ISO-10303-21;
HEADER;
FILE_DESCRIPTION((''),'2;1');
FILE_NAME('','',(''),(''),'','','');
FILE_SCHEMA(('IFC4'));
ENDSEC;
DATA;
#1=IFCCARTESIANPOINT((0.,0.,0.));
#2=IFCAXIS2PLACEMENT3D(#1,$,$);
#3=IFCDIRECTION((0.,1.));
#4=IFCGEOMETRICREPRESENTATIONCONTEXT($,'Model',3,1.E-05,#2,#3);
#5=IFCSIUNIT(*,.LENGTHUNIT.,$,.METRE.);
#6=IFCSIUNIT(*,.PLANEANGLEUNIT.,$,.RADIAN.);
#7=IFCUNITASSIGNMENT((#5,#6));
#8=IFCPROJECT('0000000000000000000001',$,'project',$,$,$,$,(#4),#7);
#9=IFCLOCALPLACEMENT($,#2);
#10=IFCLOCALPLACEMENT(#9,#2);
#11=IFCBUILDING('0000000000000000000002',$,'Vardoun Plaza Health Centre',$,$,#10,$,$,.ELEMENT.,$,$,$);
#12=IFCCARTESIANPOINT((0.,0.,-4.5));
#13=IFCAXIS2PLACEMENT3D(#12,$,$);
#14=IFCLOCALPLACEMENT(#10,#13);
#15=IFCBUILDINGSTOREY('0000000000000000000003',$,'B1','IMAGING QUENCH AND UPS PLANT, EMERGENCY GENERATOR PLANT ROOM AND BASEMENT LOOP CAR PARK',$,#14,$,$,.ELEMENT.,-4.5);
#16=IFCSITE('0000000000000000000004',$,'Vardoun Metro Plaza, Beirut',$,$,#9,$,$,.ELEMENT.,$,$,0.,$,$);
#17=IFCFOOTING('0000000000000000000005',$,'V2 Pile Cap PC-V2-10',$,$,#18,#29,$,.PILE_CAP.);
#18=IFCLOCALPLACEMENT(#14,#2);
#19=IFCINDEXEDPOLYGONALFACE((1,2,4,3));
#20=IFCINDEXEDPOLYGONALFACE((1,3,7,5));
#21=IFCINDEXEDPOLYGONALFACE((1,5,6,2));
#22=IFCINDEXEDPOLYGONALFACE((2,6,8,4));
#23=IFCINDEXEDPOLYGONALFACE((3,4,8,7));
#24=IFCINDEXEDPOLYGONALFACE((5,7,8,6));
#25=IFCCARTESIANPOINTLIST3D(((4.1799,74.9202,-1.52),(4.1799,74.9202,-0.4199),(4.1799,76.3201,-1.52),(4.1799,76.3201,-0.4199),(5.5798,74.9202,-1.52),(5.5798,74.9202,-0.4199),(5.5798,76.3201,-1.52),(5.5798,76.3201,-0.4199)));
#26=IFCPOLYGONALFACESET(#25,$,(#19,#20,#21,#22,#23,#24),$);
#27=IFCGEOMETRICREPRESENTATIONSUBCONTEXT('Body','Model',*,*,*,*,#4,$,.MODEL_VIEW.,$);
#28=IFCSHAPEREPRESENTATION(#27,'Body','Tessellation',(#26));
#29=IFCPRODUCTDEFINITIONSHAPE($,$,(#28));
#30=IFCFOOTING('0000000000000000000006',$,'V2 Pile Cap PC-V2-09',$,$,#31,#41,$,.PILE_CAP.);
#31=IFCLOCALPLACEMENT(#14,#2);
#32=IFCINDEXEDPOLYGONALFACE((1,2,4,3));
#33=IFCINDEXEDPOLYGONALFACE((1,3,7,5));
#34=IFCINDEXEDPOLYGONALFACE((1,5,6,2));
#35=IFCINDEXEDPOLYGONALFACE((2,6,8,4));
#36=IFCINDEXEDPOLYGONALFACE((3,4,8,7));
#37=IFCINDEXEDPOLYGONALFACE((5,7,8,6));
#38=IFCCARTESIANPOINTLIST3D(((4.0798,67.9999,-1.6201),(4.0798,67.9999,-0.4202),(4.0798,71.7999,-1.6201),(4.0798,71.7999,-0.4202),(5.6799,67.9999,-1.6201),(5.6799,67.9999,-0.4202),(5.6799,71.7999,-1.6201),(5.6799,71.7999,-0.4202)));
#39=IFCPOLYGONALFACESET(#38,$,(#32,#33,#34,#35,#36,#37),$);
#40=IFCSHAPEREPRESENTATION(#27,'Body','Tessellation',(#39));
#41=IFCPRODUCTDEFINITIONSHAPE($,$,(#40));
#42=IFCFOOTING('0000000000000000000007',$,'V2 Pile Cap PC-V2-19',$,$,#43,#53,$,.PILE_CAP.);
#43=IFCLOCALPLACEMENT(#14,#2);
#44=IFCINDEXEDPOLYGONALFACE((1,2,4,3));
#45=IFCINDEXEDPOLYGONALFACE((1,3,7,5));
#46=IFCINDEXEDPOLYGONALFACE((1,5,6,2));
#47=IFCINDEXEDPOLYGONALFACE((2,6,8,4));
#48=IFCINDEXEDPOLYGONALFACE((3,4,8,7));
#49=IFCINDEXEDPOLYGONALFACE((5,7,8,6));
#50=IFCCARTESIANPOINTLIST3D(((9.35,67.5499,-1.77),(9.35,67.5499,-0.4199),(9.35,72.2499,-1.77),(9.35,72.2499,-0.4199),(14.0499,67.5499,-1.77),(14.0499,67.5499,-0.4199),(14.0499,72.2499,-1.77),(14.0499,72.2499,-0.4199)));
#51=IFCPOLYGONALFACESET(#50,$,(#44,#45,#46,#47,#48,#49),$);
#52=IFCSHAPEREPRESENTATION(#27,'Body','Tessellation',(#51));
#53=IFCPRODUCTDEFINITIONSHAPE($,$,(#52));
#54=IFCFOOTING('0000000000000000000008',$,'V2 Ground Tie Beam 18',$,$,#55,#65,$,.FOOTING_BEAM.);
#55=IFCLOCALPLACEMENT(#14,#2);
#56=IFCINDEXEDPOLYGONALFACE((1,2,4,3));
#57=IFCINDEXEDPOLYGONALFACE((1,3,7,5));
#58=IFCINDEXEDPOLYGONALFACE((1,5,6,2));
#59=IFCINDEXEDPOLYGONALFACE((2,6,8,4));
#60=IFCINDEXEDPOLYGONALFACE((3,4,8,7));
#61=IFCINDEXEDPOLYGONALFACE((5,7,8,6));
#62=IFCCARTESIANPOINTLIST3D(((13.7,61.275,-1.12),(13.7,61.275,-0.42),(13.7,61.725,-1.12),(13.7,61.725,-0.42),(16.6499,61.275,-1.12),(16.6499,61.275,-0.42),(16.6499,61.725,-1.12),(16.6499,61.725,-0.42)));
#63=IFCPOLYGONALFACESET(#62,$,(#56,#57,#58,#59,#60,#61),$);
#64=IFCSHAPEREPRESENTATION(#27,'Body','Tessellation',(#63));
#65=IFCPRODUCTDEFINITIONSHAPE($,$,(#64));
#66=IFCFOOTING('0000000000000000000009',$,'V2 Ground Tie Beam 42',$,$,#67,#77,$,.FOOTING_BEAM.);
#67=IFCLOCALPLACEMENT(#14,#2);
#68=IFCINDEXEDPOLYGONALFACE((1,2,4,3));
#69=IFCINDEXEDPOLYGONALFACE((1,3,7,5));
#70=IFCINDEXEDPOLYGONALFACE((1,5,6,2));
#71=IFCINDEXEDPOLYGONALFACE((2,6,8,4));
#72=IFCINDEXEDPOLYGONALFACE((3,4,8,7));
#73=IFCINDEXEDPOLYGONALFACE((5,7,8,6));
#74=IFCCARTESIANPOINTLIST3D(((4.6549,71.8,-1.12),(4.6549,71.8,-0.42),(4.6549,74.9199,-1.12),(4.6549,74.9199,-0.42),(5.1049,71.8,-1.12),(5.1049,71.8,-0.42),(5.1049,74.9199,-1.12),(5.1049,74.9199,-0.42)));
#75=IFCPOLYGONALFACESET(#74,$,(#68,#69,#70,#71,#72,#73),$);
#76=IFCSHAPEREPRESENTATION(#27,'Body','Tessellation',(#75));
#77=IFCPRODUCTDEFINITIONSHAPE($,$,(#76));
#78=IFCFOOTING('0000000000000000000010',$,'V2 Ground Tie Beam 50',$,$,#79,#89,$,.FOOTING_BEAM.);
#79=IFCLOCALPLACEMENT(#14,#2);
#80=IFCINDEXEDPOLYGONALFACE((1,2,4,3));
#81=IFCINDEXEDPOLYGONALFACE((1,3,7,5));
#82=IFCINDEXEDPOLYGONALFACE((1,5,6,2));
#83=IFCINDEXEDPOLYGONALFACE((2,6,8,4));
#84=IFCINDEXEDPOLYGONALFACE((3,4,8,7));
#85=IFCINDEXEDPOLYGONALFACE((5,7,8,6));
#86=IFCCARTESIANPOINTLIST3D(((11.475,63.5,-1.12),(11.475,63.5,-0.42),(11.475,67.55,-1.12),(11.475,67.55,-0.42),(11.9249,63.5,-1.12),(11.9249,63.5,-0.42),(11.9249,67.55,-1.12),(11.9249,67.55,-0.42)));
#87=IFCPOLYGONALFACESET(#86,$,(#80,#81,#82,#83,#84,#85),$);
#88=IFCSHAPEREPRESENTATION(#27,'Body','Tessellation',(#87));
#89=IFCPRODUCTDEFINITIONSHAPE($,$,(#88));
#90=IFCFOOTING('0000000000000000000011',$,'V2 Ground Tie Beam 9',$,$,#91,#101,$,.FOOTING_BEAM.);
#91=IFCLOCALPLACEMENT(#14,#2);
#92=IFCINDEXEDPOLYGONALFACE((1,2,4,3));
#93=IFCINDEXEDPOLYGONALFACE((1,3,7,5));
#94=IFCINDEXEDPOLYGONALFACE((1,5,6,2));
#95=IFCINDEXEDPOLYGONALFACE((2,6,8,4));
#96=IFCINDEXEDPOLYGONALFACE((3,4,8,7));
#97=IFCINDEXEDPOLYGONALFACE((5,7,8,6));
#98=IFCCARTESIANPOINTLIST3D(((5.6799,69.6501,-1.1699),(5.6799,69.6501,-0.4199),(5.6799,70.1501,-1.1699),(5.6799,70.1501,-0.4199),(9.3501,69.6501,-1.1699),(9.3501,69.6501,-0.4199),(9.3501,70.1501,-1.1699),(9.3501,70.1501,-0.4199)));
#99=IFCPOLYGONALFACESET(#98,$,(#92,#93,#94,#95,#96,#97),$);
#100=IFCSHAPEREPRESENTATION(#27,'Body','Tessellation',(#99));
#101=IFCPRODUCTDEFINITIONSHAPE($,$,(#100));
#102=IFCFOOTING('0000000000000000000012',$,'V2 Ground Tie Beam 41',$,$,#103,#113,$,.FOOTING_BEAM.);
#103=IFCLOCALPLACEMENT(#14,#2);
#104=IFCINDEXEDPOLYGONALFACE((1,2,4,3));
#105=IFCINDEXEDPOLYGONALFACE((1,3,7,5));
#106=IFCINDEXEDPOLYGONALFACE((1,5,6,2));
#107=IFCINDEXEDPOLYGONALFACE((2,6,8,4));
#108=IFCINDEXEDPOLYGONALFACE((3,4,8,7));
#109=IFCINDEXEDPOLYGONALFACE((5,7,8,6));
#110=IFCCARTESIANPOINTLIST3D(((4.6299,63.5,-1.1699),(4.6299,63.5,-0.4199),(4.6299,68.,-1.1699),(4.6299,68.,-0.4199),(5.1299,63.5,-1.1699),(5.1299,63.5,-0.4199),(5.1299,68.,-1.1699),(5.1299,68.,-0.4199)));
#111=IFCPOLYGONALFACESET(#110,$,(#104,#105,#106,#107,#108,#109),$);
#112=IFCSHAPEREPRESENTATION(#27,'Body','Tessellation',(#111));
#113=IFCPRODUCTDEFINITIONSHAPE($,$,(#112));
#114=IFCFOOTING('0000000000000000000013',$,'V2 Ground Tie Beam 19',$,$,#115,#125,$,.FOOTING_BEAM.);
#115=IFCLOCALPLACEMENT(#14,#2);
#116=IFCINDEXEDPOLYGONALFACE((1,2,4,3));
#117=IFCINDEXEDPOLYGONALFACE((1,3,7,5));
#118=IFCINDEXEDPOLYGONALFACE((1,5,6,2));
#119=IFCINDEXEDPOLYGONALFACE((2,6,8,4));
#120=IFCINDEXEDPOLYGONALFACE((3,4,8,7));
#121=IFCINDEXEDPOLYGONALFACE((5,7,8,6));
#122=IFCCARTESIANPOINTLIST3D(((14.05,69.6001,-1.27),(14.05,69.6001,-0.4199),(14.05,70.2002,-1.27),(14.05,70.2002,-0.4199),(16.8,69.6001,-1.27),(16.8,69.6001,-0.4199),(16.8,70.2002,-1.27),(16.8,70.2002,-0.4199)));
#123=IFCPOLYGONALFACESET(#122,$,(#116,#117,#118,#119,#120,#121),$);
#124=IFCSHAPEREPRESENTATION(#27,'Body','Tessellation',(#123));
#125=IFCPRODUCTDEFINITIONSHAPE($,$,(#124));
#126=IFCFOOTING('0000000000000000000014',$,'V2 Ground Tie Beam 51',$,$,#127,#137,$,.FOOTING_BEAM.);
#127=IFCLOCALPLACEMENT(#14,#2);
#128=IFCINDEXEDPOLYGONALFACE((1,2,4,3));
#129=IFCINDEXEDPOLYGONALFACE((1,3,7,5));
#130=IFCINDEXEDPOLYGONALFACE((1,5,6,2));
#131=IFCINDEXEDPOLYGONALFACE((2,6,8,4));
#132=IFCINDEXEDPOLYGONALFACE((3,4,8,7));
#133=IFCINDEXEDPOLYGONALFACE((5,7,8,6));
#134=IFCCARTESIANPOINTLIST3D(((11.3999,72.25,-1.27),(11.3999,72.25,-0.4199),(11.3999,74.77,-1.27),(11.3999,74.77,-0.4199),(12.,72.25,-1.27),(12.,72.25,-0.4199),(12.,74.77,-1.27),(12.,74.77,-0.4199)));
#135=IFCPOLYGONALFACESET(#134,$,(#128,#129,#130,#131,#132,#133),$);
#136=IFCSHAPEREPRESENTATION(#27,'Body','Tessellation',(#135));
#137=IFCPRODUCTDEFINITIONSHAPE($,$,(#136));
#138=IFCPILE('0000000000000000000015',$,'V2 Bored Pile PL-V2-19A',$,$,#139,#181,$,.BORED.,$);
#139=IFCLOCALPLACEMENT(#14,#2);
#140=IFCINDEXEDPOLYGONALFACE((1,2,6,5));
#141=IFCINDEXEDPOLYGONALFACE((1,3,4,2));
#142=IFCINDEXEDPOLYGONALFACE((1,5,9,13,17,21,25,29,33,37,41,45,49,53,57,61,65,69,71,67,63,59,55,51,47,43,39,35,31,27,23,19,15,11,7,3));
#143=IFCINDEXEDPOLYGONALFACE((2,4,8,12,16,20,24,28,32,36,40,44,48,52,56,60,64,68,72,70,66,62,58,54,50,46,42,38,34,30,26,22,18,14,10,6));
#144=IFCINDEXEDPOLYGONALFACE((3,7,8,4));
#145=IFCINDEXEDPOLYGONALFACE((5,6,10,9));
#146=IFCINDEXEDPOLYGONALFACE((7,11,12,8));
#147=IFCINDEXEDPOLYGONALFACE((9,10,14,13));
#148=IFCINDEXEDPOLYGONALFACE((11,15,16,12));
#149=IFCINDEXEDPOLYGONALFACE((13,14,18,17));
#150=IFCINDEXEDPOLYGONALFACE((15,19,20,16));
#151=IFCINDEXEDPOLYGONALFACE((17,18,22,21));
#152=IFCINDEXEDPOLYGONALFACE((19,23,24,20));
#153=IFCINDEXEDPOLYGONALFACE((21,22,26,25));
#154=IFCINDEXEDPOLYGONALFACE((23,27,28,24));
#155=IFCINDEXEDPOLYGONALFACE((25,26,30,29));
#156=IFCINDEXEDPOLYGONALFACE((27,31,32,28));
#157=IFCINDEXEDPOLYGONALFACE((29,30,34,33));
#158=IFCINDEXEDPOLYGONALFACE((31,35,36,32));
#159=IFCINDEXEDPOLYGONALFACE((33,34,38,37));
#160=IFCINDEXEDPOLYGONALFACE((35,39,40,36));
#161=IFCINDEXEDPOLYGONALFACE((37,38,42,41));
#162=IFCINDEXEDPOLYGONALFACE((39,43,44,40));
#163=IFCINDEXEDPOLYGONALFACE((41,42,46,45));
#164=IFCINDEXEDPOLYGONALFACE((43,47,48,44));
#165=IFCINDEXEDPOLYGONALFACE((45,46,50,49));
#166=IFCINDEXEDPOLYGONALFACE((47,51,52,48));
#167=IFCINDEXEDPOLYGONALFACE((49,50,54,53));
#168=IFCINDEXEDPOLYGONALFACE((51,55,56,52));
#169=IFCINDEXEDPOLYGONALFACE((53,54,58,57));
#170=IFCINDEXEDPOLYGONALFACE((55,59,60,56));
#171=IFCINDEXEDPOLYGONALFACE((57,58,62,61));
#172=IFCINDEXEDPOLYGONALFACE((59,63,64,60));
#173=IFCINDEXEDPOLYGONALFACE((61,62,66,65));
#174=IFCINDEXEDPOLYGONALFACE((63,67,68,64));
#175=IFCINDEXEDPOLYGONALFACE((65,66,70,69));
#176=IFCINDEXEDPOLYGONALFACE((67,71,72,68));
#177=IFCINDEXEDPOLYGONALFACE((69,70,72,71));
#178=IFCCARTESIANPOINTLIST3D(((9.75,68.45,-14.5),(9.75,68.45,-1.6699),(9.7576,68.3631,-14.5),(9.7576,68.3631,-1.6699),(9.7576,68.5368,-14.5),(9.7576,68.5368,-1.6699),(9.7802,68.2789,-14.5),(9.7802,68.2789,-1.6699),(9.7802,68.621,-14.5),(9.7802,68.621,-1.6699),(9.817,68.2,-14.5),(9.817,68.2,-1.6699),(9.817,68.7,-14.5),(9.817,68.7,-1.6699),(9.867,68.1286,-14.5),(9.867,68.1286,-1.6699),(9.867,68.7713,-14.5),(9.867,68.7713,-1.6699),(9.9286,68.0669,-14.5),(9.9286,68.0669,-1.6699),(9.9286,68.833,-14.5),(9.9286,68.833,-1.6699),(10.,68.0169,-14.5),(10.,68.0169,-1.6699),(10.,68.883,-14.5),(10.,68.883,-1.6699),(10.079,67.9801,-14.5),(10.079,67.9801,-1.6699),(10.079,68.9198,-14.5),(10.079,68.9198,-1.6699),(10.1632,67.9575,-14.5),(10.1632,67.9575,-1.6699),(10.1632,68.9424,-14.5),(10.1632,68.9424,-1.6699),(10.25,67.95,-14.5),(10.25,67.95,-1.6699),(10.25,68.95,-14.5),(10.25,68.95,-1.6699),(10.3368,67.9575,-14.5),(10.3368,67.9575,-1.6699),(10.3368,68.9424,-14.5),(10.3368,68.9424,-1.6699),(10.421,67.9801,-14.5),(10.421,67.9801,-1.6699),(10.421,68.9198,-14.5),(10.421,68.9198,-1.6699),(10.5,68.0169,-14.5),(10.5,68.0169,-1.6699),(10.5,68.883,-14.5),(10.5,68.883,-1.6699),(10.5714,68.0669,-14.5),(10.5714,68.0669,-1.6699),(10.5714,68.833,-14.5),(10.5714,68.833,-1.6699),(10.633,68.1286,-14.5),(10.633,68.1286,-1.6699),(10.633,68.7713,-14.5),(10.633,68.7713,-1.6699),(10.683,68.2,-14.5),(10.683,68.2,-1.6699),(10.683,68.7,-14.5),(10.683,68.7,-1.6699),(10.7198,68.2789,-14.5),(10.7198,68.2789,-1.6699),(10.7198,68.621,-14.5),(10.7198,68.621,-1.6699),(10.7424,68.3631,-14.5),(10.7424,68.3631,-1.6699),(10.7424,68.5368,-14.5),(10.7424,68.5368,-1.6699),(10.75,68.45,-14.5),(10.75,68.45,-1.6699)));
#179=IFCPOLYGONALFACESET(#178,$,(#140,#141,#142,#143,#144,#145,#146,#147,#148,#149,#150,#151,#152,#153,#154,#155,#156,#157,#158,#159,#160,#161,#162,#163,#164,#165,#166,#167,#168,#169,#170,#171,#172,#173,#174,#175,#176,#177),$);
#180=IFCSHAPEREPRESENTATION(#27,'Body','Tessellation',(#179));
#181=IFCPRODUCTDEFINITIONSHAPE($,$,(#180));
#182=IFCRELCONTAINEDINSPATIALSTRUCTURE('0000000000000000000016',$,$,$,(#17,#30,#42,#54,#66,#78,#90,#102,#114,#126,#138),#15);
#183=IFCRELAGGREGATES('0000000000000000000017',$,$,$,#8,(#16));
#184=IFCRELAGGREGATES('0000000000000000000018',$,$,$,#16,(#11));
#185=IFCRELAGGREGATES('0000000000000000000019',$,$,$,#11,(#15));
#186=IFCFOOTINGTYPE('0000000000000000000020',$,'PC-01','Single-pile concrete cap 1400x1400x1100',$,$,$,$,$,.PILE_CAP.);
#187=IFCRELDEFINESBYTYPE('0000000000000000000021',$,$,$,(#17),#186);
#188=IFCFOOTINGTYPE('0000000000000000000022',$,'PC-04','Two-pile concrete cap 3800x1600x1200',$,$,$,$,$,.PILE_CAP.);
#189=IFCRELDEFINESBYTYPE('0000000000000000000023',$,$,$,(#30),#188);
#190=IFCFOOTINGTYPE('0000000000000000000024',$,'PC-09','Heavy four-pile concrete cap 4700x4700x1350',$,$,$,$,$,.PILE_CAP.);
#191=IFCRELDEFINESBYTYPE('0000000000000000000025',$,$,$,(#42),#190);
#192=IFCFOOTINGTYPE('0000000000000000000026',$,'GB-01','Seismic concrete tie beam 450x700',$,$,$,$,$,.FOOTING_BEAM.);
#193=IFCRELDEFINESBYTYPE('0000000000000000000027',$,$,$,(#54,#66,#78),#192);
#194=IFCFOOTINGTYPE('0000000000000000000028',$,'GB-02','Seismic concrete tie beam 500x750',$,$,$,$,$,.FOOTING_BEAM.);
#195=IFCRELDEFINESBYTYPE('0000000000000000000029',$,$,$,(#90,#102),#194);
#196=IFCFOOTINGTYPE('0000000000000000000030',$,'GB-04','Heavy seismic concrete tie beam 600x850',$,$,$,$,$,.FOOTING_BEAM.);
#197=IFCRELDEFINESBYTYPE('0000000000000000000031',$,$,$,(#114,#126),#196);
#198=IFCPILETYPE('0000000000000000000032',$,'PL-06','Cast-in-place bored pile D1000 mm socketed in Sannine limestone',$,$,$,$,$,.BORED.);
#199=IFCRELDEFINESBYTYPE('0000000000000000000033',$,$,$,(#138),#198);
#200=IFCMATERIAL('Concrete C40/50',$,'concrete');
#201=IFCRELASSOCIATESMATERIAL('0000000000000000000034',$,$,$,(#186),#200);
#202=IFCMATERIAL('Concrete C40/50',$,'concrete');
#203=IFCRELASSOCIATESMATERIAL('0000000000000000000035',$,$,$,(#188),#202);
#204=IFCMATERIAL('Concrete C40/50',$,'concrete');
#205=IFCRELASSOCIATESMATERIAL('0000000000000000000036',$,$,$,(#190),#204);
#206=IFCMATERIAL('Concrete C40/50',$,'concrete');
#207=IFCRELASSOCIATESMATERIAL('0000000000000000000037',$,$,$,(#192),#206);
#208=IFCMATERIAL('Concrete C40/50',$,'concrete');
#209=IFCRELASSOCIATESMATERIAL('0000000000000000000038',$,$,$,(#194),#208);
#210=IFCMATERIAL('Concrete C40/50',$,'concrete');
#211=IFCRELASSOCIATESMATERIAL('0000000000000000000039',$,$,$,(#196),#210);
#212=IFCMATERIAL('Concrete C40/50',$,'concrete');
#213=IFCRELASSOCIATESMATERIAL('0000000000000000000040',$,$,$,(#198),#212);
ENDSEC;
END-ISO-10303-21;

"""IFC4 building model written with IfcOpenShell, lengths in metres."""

from ifc_helpers import new_model, si_unit, direction, frame, origin, origin_2d, place, context, subcontext, project, spatial, rectangle, circle, extrude, material, material_profile, profile_set, type_object, element, save


model = new_model("IFC4")

# Units and contexts
model_context = context("Model", 3, precision=1e-05, world=origin(), true_north=direction((0.0, 1.0)))
body_context = subcontext(model_context, "Body", "Model", "MODEL_VIEW")
ifc_project = project(units=[si_unit("LENGTHUNIT", "METRE"), si_unit("PLANEANGLEUNIT", "RADIAN")], contexts=[model_context])

# Site, building, storey
site_placement = place(None, origin())
site = spatial("IfcSite", under=ifc_project, at=site_placement, Name="Vardoun Metro Plaza, Beirut", CompositionType="ELEMENT", RefElevation=0.0)
building_placement = place(site_placement, origin())
building = spatial("IfcBuilding", under=site, at=building_placement, Name="Vardoun Plaza Health Centre", CompositionType="ELEMENT")
storey_placement = place(building_placement, frame((0.0, 0.0, -4.5)))
storey = spatial("IfcBuildingStorey", under=building, at=storey_placement, Name="B1", Description="IMAGING QUENCH AND UPS PLANT, EMERGENCY GENERATOR PLANT ROOM AND BASEMENT LOOP CAR PARK", CompositionType="ELEMENT", Elevation=-4.5)

# Footings
ifc_material_1 = material(Name="Concrete C40/50", Category="concrete")
footing_type_1 = type_object("IfcFootingType", Name="PC-01", Description="Single-pile concrete cap 1400x1400x1100", PredefinedType="PILE_CAP", material=ifc_material_1)
footing_1_placement = place(storey_placement, frame((4.8799, 75.6201, -1.52), z_axis=(0.0, 0.0, 1.0), x_axis=(1.0, 0.0, 0.0)))
element("IfcFooting", 1, at=footing_1_placement, inside=storey, type_object=footing_type_1, Name="V2 Pile Cap PC-V2-10", PredefinedType="PILE_CAP", context=body_context, shape_type="SweptSolid", body=[
    extrude(rectangle(XDim=1.3999, YDim=1.3999, at=origin_2d()), origin(), (0.0, 0.0, 1.0), 1.1001),
])
ifc_material_2 = material(Name="Concrete C40/50", Category="concrete")
footing_type_2 = type_object("IfcFootingType", Name="PC-04", Description="Two-pile concrete cap 3800x1600x1200", PredefinedType="PILE_CAP", material=ifc_material_2)
footing_2_placement = place(storey_placement, frame((4.8799, 69.8999, -1.6201), z_axis=(0.0, 0.0, 1.0), x_axis=(0.0, 1.0, 0.0)))
element("IfcFooting", 2, at=footing_2_placement, inside=storey, type_object=footing_type_2, Name="V2 Pile Cap PC-V2-09", PredefinedType="PILE_CAP", context=body_context, shape_type="SweptSolid", body=[
    extrude(rectangle(XDim=3.8, YDim=1.6001, at=origin_2d()), origin(), (0.0, 0.0, 1.0), 1.2),
])
ifc_material_3 = material(Name="Concrete C40/50", Category="concrete")
footing_type_3 = type_object("IfcFootingType", Name="PC-09", Description="Heavy four-pile concrete cap 4700x4700x1350", PredefinedType="PILE_CAP", material=ifc_material_3)
footing_3_placement = place(storey_placement, frame((11.7, 69.8999, -1.77), z_axis=(0.0, 0.0, 1.0), x_axis=(1.0, 0.0, 0.0)))
element("IfcFooting", 3, at=footing_3_placement, inside=storey, type_object=footing_type_3, Name="V2 Pile Cap PC-V2-19", PredefinedType="PILE_CAP", context=body_context, shape_type="SweptSolid", body=[
    extrude(rectangle(XDim=4.7, YDim=4.7, at=origin_2d()), origin(), (0.0, 0.0, 1.0), 1.3501),
])
ifc_material_4 = material(Name="Concrete C40/50", Category="concrete")
ifc_material_profile_1 = material_profile(ifc_material_4, rectangle(XDim=0.45, YDim=0.7, at=origin_2d()), Name="GB 450x700")
ifc_profile_set_1 = profile_set([ifc_material_profile_1], Name="Concrete C40/50")
footing_type_4 = type_object("IfcFootingType", Name="GB-01", Description="Seismic concrete tie beam 450x700", PredefinedType="FOOTING_BEAM", material=ifc_profile_set_1)
footing_4_placement = place(storey_placement, frame((13.7, 61.5, -0.77), z_axis=(1.0, 0.0, 0.0), x_axis=(0.0, 1.0, 0.0)))
element("IfcFooting", 4, at=footing_4_placement, inside=storey, type_object=footing_type_4, Name="V2 Ground Tie Beam 18", PredefinedType="FOOTING_BEAM", context=body_context, shape_type="SweptSolid", body=[
    extrude(rectangle(XDim=0.45, YDim=0.7, at=origin_2d()), origin(), (0.0, 0.0, 1.0), 2.95),
])
footing_5_placement = place(storey_placement, frame((4.8799, 71.8, -0.77), z_axis=(0.0, 1.0, 0.0), x_axis=(-1.0, 0.0, 0.0)))
element("IfcFooting", 5, at=footing_5_placement, inside=storey, type_object=footing_type_4, Name="V2 Ground Tie Beam 42", PredefinedType="FOOTING_BEAM", context=body_context, shape_type="SweptSolid", body=[
    extrude(rectangle(XDim=0.45, YDim=0.7, at=origin_2d()), origin(), (0.0, 0.0, 1.0), 3.1199),
])
footing_6_placement = place(storey_placement, frame((11.7, 63.5, -0.77), z_axis=(0.0, 1.0, 0.0), x_axis=(-1.0, 0.0, 0.0)))
element("IfcFooting", 6, at=footing_6_placement, inside=storey, type_object=footing_type_4, Name="V2 Ground Tie Beam 50", PredefinedType="FOOTING_BEAM", context=body_context, shape_type="SweptSolid", body=[
    extrude(rectangle(XDim=0.45, YDim=0.7, at=origin_2d()), origin(), (0.0, 0.0, 1.0), 4.05),
])
ifc_material_5 = material(Name="Concrete C40/50", Category="concrete")
ifc_material_profile_2 = material_profile(ifc_material_5, rectangle(XDim=0.5, YDim=0.75, at=origin_2d()), Name="GB 500x750")
ifc_profile_set_2 = profile_set([ifc_material_profile_2], Name="Concrete C40/50")
footing_type_5 = type_object("IfcFootingType", Name="GB-02", Description="Seismic concrete tie beam 500x750", PredefinedType="FOOTING_BEAM", material=ifc_profile_set_2)
footing_7_placement = place(storey_placement, frame((5.6799, 69.9001, -0.7949), z_axis=(1.0, 0.0, 0.0), x_axis=(0.0, 1.0, 0.0)))
element("IfcFooting", 7, at=footing_7_placement, inside=storey, type_object=footing_type_5, Name="V2 Ground Tie Beam 9", PredefinedType="FOOTING_BEAM", context=body_context, shape_type="SweptSolid", body=[
    extrude(rectangle(XDim=0.5, YDim=0.75, at=origin_2d()), origin(), (0.0, 0.0, 1.0), 3.6702),
])
footing_8_placement = place(storey_placement, frame((4.8799, 63.5, -0.7949), z_axis=(0.0, 1.0, 0.0), x_axis=(-1.0, 0.0, 0.0)))
element("IfcFooting", 8, at=footing_8_placement, inside=storey, type_object=footing_type_5, Name="V2 Ground Tie Beam 41", PredefinedType="FOOTING_BEAM", context=body_context, shape_type="SweptSolid", body=[
    extrude(rectangle(XDim=0.5, YDim=0.75, at=origin_2d()), origin(), (0.0, 0.0, 1.0), 4.5),
])
ifc_material_6 = material(Name="Concrete C40/50", Category="concrete")
ifc_material_profile_3 = material_profile(ifc_material_6, rectangle(XDim=0.6001, YDim=0.8501, at=origin_2d()), Name="GB 600x850")
ifc_profile_set_3 = profile_set([ifc_material_profile_3], Name="Concrete C40/50")
footing_type_6 = type_object("IfcFootingType", Name="GB-04", Description="Heavy seismic concrete tie beam 600x850", PredefinedType="FOOTING_BEAM", material=ifc_profile_set_3)
footing_9_placement = place(storey_placement, frame((14.05, 69.9001, -0.845), z_axis=(1.0, 0.0, 0.0), x_axis=(0.0, 1.0, 0.0)))
element("IfcFooting", 9, at=footing_9_placement, inside=storey, type_object=footing_type_6, Name="V2 Ground Tie Beam 19", PredefinedType="FOOTING_BEAM", context=body_context, shape_type="SweptSolid", body=[
    extrude(rectangle(XDim=0.6001, YDim=0.8501, at=origin_2d()), origin(), (0.0, 0.0, 1.0), 2.75),
])
footing_10_placement = place(storey_placement, frame((11.7, 72.25, -0.845), z_axis=(0.0, 1.0, 0.0), x_axis=(-1.0, 0.0, 0.0)))
element("IfcFooting", 10, at=footing_10_placement, inside=storey, type_object=footing_type_6, Name="V2 Ground Tie Beam 51", PredefinedType="FOOTING_BEAM", context=body_context, shape_type="SweptSolid", body=[
    extrude(rectangle(XDim=0.6001, YDim=0.8501, at=origin_2d()), origin(), (0.0, 0.0, 1.0), 2.52),
])

# Pile
ifc_material_7 = material(Name="Concrete C40/50", Category="concrete")
ifc_material_profile_4 = material_profile(ifc_material_7, circle(Radius=0.5, at=origin_2d()), Name="PILE D1000")
ifc_profile_set_4 = profile_set([ifc_material_profile_4], Name="Concrete C40/50")
pile_type_1 = type_object("IfcPileType", Name="PL-06", Description="Cast-in-place bored pile D1000 mm socketed in Sannine limestone", PredefinedType="BORED", material=ifc_profile_set_4)
for number, where, z_axis, x_axis, name in (
    (11, (10.25, 68.45, -1.6699), (0.0, 0.0, -1.0), (1.0, 0.0, 0.0), "V2 Bored Pile PL-V2-19A"),
):
    element("IfcPile", number, at=place(storey_placement, frame(where, z_axis=z_axis, x_axis=x_axis)), inside=storey, type_object=pile_type_1, Name=name, PredefinedType="BORED", context=body_context, shape_type="SweptSolid", body=[
        extrude(circle(Radius=0.5, at=origin_2d()), origin(), (0.0, 0.0, 1.0), 12.8301),
    ])

save(model, "model.ifc")
